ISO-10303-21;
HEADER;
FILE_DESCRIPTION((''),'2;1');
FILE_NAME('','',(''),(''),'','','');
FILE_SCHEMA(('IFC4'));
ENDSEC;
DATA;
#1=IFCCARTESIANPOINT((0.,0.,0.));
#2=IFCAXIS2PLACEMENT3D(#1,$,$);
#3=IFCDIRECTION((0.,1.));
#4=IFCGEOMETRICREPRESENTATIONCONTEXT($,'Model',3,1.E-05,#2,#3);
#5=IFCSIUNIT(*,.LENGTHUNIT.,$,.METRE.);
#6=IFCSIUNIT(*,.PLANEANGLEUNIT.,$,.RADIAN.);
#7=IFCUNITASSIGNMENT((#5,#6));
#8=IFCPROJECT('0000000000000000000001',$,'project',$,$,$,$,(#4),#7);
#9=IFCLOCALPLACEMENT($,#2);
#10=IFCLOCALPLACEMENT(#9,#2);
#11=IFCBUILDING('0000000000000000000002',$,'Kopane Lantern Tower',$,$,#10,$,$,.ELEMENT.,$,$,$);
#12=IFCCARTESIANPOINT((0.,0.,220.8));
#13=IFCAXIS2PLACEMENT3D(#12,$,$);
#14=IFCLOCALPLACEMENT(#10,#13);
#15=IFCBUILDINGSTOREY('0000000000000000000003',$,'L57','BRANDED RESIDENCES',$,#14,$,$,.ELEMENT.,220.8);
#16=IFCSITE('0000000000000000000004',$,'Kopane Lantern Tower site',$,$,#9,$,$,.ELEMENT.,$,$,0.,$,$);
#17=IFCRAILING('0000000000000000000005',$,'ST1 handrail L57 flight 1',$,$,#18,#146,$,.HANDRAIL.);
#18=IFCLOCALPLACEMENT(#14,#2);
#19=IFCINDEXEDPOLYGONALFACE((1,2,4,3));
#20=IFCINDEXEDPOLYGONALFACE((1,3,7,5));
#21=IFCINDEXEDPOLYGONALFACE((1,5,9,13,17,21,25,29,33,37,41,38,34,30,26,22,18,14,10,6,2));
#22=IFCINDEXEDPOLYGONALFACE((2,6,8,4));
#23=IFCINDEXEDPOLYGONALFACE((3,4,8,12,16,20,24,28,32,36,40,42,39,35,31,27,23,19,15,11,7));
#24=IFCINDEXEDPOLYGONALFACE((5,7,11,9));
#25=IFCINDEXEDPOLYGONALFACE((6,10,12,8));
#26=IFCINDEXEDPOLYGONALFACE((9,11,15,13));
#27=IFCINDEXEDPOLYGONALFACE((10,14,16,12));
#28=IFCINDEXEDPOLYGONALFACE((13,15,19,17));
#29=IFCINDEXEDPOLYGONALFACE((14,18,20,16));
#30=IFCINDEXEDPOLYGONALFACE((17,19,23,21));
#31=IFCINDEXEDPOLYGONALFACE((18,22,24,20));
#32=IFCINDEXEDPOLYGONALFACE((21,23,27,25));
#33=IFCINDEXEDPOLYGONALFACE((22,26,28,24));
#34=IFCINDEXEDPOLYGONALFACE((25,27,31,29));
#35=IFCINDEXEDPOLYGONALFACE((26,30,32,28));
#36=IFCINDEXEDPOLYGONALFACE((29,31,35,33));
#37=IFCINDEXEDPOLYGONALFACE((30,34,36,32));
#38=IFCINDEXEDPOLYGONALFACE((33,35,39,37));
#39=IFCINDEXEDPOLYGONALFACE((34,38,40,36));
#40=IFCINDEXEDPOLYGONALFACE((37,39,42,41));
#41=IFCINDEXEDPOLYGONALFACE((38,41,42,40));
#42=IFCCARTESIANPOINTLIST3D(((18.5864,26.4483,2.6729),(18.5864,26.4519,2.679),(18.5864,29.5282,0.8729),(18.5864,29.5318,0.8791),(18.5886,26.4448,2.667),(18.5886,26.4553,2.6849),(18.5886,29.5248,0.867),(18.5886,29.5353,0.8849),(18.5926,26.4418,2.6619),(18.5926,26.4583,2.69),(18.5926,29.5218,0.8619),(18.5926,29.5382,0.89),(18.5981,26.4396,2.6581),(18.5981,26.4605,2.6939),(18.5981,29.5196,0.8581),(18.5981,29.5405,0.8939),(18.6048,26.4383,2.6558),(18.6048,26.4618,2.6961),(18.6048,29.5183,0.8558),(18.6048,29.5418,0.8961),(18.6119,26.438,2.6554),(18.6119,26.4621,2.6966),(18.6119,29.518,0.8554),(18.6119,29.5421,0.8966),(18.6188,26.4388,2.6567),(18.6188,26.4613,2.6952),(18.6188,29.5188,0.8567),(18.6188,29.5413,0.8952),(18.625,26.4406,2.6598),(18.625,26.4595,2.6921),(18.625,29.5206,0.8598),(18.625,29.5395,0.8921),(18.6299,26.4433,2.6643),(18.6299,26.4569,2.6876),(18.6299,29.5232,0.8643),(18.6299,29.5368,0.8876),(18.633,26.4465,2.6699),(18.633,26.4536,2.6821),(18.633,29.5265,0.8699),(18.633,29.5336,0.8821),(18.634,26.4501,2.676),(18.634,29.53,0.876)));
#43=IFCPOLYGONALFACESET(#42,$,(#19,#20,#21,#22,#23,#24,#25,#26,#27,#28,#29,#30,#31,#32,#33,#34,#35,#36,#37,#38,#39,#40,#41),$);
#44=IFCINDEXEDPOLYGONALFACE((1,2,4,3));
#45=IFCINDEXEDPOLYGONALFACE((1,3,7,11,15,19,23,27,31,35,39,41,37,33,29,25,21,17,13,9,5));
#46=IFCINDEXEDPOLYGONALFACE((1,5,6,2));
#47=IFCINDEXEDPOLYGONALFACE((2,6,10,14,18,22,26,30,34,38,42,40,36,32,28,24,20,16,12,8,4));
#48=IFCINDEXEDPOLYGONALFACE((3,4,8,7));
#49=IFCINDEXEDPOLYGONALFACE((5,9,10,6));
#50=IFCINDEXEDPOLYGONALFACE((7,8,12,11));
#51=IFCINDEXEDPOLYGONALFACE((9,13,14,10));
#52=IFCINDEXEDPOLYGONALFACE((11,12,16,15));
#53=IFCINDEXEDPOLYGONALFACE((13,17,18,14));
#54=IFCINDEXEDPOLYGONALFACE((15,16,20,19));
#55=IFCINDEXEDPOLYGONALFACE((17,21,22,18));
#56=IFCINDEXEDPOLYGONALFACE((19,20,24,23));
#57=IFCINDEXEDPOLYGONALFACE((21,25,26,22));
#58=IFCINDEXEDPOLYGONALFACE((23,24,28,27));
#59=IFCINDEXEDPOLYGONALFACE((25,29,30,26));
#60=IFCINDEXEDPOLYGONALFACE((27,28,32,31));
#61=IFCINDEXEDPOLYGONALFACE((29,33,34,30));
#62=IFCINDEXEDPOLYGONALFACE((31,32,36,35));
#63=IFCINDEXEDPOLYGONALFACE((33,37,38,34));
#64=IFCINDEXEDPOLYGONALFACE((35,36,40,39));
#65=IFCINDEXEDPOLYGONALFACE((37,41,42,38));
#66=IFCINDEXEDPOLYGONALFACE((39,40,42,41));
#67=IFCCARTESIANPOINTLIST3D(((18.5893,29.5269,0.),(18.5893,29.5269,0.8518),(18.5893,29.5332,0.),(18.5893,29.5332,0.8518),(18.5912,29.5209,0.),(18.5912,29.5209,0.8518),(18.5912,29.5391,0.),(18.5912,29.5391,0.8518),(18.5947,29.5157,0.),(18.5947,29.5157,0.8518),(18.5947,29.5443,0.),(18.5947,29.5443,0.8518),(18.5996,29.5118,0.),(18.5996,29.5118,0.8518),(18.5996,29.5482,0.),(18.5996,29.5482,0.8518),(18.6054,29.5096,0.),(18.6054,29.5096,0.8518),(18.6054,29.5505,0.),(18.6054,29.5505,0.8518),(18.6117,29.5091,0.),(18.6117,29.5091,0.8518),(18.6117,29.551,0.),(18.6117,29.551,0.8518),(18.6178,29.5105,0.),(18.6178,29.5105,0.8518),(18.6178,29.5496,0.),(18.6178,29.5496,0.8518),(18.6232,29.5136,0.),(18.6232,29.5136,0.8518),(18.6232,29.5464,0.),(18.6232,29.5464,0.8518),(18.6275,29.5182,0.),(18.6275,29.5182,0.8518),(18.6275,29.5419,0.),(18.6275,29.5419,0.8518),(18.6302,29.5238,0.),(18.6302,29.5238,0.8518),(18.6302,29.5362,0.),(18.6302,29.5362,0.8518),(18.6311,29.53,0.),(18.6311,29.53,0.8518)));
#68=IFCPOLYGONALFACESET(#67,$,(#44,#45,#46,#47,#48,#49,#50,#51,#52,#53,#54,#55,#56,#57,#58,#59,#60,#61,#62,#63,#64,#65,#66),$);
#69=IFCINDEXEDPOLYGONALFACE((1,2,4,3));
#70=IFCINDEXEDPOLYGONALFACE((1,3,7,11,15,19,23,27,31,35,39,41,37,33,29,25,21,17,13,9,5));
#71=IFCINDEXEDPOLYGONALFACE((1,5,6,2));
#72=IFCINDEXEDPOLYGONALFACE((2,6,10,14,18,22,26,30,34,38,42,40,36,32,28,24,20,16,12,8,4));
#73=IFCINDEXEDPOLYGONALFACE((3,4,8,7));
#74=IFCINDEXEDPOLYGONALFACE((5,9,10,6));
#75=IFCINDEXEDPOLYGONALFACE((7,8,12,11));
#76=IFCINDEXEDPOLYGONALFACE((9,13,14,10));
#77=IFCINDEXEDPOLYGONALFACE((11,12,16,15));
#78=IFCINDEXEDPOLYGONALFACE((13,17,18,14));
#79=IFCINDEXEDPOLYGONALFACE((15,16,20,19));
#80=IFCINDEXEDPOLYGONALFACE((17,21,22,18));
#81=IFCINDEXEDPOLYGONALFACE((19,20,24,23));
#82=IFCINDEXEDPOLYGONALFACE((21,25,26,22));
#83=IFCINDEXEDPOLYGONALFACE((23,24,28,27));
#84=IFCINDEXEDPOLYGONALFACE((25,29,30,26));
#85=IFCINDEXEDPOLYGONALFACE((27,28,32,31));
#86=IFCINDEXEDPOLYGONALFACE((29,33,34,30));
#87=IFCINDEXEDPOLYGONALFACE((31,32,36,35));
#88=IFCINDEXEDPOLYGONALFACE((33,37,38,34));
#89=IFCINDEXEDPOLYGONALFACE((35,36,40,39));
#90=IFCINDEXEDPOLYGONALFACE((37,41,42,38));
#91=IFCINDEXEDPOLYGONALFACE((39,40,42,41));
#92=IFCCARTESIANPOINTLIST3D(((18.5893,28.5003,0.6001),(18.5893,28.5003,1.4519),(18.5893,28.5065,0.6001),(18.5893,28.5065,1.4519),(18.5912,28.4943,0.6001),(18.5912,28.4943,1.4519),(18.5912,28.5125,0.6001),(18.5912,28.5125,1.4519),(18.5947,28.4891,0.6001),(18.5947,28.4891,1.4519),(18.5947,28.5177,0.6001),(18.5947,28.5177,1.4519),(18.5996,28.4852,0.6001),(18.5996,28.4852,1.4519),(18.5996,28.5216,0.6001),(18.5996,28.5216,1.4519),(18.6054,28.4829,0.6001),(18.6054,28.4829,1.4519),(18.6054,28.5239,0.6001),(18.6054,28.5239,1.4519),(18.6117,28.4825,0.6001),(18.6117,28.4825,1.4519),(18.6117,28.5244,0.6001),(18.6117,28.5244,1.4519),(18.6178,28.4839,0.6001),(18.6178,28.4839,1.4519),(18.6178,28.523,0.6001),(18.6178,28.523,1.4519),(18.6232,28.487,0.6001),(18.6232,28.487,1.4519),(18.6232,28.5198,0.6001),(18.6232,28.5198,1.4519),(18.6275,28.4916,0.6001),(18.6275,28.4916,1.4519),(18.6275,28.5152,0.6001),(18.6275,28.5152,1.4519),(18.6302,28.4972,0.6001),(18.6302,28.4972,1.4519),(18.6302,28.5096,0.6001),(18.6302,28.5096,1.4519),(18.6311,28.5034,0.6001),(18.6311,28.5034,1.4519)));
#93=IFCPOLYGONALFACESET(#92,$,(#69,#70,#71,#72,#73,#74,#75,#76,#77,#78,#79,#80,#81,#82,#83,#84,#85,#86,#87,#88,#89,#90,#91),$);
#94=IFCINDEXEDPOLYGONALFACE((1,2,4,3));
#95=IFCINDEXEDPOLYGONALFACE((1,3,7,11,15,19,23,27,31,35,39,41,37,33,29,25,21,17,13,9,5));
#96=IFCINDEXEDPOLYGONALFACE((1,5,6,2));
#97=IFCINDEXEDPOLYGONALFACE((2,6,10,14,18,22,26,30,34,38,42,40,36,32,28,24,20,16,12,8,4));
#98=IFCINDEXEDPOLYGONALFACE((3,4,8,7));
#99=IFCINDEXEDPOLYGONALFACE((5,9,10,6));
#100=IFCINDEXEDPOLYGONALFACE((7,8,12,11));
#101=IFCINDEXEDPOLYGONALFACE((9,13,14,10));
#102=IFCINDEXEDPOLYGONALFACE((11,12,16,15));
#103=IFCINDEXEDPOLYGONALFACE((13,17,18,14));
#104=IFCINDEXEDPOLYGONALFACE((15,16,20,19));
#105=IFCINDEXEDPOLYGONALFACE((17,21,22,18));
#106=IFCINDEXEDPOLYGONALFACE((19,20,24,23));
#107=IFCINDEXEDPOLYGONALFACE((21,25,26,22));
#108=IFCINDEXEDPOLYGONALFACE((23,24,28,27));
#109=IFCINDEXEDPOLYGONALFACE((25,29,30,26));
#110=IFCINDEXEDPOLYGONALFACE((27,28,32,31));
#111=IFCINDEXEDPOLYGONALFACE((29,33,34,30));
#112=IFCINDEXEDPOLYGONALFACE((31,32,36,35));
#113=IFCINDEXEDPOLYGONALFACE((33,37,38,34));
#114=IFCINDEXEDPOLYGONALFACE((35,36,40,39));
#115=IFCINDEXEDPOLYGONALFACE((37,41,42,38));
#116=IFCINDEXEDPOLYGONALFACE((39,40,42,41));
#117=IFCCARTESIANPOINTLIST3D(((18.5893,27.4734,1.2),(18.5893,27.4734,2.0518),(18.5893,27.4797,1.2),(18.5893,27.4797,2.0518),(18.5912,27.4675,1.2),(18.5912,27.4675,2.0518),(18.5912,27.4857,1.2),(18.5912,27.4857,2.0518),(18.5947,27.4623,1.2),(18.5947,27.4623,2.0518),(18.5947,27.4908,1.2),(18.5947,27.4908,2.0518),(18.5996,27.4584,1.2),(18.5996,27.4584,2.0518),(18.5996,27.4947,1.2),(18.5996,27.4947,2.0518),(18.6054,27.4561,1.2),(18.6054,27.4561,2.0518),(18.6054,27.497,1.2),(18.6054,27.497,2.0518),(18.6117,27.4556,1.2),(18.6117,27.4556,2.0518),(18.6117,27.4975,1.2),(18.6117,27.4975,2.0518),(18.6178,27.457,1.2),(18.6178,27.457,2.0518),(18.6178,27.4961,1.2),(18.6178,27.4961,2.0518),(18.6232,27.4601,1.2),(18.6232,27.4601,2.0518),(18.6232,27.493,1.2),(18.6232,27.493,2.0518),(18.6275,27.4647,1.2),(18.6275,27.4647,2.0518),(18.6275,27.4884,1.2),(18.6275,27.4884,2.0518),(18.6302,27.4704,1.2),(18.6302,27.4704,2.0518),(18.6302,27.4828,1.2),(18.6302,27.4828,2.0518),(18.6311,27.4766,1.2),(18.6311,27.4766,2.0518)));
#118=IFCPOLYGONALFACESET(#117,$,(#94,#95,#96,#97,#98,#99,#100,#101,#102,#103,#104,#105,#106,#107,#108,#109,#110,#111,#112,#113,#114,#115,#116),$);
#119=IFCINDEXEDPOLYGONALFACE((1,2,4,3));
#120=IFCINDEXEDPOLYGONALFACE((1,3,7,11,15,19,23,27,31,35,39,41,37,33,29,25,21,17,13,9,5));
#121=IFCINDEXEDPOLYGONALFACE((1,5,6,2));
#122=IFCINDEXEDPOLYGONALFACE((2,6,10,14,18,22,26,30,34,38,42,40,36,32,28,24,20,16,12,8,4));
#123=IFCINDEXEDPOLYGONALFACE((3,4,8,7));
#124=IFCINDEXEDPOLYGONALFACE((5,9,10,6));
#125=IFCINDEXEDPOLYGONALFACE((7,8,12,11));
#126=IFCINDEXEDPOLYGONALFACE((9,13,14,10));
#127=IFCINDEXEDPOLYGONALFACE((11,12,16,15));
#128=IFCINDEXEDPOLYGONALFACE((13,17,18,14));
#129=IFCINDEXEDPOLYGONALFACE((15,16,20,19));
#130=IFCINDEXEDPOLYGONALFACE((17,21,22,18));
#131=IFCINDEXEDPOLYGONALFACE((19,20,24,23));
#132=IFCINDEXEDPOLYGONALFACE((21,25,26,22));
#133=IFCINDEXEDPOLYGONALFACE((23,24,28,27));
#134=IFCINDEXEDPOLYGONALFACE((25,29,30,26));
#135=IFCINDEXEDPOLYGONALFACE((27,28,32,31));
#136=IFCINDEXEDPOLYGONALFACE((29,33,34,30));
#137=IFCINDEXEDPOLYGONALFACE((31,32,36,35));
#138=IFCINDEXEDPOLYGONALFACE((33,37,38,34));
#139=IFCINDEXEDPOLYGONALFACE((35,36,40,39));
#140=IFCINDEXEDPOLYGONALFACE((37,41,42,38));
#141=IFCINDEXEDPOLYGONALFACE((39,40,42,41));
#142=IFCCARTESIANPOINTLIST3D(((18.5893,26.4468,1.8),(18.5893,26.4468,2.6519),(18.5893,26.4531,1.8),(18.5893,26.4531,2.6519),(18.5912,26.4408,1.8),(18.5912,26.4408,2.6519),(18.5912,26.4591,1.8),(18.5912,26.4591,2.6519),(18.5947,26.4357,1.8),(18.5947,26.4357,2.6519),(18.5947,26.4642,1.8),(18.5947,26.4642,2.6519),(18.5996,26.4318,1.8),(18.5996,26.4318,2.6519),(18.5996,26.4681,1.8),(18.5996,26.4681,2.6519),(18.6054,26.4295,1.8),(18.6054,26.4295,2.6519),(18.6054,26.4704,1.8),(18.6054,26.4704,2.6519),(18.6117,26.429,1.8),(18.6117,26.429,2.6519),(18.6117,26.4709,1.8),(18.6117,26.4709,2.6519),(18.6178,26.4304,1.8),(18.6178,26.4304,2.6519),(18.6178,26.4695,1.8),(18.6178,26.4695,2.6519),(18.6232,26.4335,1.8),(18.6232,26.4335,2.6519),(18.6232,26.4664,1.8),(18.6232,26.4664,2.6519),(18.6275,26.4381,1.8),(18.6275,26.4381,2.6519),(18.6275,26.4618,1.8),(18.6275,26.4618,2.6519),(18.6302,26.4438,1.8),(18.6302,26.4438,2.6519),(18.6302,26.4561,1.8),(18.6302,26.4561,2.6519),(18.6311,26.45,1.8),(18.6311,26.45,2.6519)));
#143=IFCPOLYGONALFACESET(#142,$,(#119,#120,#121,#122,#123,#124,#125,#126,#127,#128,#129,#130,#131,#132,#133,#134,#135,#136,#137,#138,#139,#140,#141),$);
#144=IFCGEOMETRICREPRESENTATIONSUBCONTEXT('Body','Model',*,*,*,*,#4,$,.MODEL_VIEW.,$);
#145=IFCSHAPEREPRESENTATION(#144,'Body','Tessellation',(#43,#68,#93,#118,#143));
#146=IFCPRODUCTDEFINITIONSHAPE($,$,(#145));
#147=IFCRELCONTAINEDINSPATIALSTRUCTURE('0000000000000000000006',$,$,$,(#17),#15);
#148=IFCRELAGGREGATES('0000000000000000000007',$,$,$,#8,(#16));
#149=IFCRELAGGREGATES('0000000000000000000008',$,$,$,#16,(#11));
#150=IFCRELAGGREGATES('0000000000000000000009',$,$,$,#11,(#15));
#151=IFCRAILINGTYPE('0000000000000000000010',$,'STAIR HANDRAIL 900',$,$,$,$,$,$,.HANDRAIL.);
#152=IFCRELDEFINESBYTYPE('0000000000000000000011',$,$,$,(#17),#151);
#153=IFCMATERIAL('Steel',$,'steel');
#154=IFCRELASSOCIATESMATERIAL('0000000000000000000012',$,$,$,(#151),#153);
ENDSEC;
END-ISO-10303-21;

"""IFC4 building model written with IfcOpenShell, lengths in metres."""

from ifc_helpers import new_model, si_unit, direction, frame, origin, origin_2d, place, context, subcontext, project, spatial, circle, extrude, material, type_object, element, save


model = new_model("IFC4")

# Units and contexts
model_context = context("Model", 3, precision=1e-05, world=origin(), true_north=direction((0.0, 1.0)))
body_context = subcontext(model_context, "Body", "Model", "MODEL_VIEW")
ifc_project = project(units=[si_unit("LENGTHUNIT", "METRE"), si_unit("PLANEANGLEUNIT", "RADIAN")], contexts=[model_context])

# Site, building, storey
site_placement = place(None, origin())
site = spatial("IfcSite", under=ifc_project, at=site_placement, Name="Kopane Lantern Tower site", CompositionType="ELEMENT", RefElevation=0.0)
building_placement = place(site_placement, origin())
building = spatial("IfcBuilding", under=site, at=building_placement, Name="Kopane Lantern Tower", CompositionType="ELEMENT")
storey_placement = place(building_placement, frame((0.0, 0.0, 220.8)))
storey = spatial("IfcBuildingStorey", under=building, at=storey_placement, Name="L57", Description="BRANDED RESIDENCES", CompositionType="ELEMENT", Elevation=220.8)

# Railing
ifc_material_1 = material(Name="Steel", Category="steel")
railing_type_1 = type_object("IfcRailingType", Name="STAIR HANDRAIL 900", PredefinedType="HANDRAIL", material=ifc_material_1)
for number, where, name in (
    (1, (18.6101, 29.53, 0.0), "ST1 handrail L57 flight 1"),
):
    element("IfcRailing", number, at=place(storey_placement, frame(where)), inside=storey, type_object=railing_type_1, Name=name, PredefinedType="HANDRAIL", context=body_context, shape_type="SweptSolid", body=[
        extrude(circle(Radius=0.0239, at=origin_2d()), frame((0.0, 0.0, 0.876), z_axis=(0.0, -0.863372, 0.504569), x_axis=(1.0, 0.0, 0.0)), (0.0, 0.0, 1.0), 3.5674),
        extrude(circle(Radius=0.021, at=origin_2d()), origin(), (0.0, 0.0, 1.0), 0.8518),
        extrude(circle(Radius=0.021, at=origin_2d()), frame((0.0, -1.0266, 0.6001)), (0.0, 0.0, 1.0), 0.8518),
        extrude(circle(Radius=0.021, at=origin_2d()), frame((0.0, -2.0535, 1.2)), (0.0, 0.0, 1.0), 0.8518),
        extrude(circle(Radius=0.021, at=origin_2d()), frame((0.0, -3.0801, 1.8)), (0.0, 0.0, 1.0), 0.8518),
    ])

save(model, "model.ifc")
